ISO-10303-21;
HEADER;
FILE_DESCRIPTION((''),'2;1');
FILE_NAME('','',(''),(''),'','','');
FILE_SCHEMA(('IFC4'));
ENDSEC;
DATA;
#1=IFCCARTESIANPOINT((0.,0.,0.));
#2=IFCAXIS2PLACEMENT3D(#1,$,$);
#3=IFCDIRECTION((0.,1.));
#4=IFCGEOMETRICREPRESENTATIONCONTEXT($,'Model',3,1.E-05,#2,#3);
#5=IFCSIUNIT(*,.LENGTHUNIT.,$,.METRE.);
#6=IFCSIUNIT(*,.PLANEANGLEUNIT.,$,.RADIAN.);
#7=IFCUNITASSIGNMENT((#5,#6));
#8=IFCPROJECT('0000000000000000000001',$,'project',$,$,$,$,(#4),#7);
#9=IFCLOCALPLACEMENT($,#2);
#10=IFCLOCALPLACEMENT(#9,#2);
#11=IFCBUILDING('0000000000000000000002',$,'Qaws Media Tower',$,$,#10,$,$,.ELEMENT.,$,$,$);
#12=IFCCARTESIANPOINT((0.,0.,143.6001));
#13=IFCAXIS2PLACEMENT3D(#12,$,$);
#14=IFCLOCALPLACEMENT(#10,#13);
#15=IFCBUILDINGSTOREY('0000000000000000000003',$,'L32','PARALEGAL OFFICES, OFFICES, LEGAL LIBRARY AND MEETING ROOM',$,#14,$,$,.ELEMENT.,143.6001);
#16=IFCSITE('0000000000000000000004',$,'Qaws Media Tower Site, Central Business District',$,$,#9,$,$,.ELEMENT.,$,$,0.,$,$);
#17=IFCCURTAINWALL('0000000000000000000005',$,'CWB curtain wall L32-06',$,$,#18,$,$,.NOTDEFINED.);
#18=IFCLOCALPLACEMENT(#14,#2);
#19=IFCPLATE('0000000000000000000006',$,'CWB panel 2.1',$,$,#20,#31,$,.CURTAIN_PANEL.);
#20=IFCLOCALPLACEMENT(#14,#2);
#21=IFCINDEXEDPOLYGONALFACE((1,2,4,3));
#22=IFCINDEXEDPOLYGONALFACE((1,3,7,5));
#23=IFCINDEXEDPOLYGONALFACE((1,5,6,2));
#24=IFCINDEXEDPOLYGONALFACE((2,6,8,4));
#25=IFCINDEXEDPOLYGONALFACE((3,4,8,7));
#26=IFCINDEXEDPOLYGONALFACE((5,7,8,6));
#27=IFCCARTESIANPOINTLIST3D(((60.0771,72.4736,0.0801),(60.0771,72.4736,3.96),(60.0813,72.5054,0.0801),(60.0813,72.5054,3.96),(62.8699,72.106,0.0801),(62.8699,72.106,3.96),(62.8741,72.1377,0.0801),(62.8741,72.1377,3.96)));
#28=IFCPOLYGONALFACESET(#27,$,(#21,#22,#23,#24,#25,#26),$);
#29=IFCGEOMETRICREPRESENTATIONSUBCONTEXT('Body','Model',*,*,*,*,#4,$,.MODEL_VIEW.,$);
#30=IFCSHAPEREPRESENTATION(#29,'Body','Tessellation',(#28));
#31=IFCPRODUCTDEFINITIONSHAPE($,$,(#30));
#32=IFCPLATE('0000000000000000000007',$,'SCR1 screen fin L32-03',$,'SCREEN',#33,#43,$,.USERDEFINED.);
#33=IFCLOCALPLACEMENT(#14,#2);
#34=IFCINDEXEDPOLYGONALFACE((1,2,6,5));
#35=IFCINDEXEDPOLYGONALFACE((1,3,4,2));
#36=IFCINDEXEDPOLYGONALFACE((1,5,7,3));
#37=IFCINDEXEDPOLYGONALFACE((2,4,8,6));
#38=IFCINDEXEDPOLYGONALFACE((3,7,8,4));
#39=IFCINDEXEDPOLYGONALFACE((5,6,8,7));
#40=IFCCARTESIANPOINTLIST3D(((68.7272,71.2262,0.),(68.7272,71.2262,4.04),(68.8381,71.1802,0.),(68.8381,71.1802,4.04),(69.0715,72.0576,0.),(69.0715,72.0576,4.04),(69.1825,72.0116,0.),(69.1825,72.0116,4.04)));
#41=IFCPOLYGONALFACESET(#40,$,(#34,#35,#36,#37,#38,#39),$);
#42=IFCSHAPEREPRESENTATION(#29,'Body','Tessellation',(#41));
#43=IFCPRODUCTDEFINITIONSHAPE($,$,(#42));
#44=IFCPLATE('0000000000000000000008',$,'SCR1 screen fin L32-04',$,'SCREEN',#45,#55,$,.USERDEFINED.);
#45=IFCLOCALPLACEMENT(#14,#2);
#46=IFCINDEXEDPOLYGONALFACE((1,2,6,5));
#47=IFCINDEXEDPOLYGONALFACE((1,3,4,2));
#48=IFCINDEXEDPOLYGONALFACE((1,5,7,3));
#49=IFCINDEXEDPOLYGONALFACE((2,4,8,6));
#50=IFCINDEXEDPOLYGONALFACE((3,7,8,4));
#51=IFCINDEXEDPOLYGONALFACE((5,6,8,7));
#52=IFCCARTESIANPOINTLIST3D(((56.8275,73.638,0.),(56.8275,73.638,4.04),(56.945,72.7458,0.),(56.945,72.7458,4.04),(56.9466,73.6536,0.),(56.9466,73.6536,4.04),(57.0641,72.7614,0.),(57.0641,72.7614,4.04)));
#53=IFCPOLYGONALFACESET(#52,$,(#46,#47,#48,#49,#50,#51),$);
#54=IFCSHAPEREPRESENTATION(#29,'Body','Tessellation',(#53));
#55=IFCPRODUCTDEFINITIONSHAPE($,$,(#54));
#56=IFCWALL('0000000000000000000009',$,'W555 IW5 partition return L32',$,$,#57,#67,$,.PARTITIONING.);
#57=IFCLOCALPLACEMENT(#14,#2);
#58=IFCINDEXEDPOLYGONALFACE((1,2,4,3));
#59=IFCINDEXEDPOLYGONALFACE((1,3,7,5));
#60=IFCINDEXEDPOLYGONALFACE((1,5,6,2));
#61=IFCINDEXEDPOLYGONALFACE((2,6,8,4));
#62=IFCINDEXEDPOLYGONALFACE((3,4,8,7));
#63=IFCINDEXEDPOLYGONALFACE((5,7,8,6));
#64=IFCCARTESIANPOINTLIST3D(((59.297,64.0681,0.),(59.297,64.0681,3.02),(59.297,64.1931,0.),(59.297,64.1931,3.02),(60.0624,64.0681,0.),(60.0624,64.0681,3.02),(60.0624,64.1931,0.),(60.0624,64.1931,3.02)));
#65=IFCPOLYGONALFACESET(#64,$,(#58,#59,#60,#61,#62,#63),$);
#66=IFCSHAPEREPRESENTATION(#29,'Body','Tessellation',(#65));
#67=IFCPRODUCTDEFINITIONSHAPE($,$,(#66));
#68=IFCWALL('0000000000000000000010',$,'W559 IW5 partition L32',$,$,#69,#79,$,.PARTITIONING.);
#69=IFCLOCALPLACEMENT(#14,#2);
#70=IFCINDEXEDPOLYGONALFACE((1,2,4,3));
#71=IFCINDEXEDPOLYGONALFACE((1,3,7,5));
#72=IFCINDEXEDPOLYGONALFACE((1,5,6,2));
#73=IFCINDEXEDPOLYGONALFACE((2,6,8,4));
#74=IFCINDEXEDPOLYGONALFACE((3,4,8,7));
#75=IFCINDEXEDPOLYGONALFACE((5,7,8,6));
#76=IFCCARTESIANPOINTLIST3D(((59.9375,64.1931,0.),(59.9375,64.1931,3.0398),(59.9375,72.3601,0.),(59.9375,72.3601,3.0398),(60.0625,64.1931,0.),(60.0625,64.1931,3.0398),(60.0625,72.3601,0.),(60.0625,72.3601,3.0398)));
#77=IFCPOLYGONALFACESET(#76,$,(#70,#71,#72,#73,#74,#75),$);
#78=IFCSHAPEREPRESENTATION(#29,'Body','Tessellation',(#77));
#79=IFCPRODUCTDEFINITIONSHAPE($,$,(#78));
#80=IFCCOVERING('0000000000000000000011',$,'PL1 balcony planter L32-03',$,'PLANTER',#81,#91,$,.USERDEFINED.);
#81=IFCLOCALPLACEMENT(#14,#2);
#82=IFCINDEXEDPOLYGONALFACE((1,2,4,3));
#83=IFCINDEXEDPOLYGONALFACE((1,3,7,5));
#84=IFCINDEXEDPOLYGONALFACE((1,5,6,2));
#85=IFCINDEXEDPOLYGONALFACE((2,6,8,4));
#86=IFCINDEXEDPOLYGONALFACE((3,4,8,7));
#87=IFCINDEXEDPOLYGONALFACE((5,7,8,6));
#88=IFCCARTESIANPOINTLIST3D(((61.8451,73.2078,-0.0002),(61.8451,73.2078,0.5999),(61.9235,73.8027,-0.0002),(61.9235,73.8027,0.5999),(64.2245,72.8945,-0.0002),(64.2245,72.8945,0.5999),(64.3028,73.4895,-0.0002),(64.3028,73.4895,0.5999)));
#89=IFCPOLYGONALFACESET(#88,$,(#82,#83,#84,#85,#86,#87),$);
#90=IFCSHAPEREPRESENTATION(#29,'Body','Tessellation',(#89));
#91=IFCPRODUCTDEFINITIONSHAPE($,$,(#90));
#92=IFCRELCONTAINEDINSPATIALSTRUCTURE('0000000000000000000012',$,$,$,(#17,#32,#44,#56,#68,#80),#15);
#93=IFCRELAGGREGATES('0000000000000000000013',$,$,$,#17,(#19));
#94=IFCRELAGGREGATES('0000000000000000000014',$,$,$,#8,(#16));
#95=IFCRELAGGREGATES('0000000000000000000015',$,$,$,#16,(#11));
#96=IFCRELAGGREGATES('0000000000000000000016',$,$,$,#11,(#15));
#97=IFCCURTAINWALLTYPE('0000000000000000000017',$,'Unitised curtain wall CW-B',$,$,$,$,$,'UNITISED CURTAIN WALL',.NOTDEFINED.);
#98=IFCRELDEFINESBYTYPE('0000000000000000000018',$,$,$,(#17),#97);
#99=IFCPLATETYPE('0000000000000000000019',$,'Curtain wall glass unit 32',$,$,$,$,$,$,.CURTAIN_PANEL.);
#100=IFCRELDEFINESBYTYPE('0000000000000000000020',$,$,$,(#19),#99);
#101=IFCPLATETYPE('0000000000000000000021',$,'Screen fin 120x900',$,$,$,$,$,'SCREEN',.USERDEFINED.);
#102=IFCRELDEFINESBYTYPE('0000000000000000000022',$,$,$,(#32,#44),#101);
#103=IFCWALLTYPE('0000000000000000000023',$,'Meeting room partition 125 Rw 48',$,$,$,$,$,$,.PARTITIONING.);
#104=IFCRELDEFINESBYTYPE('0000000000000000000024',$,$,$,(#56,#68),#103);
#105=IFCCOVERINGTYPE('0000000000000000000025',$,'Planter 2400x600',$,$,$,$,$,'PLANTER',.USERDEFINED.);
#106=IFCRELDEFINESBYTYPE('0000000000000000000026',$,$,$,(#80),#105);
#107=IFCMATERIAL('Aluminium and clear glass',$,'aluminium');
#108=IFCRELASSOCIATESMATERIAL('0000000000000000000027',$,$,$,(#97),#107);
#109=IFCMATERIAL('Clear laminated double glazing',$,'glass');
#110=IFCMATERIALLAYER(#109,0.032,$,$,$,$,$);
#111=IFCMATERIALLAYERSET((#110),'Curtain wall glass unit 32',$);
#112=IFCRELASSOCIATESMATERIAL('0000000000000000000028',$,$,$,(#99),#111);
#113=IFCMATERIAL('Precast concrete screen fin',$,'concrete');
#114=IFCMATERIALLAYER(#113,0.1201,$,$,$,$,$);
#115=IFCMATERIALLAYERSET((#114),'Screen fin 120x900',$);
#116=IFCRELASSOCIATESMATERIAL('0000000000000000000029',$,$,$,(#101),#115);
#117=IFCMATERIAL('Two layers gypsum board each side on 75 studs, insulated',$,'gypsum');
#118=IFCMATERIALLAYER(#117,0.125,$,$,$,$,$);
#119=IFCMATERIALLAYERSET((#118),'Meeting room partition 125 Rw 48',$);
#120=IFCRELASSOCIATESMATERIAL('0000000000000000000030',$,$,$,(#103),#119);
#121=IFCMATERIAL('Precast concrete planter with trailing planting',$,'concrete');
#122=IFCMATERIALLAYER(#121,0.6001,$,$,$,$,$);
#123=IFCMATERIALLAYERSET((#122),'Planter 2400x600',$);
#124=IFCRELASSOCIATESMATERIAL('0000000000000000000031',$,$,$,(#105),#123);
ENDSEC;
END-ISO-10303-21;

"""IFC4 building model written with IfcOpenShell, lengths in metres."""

from ifc_helpers import new_model, si_unit, direction, frame, frame_2d, origin, origin_2d, place, context, subcontext, project, spatial, rectangle, extrude, material, layer, layer_set, type_object, element, aggregate, save


model = new_model("IFC4")

# Units and contexts
model_context = context("Model", 3, precision=1e-05, world=origin(), true_north=direction((0.0, 1.0)))
body_context = subcontext(model_context, "Body", "Model", "MODEL_VIEW")
ifc_project = project(units=[si_unit("LENGTHUNIT", "METRE"), si_unit("PLANEANGLEUNIT", "RADIAN")], contexts=[model_context])

# Site, building, storey
site_placement = place(None, origin())
site = spatial("IfcSite", under=ifc_project, at=site_placement, Name="Qaws Media Tower Site, Central Business District", CompositionType="ELEMENT", RefElevation=0.0)
building_placement = place(site_placement, origin())
building = spatial("IfcBuilding", under=site, at=building_placement, Name="Qaws Media Tower", CompositionType="ELEMENT")
storey_placement = place(building_placement, frame((0.0, 0.0, 143.6001)))
storey = spatial("IfcBuildingStorey", under=building, at=storey_placement, Name="L32", Description="PARALEGAL OFFICES, OFFICES, LEGAL LIBRARY AND MEETING ROOM", CompositionType="ELEMENT", Elevation=143.6001)

# Curtain wall
ifc_material_1 = material(Name="Aluminium and clear glass", Category="aluminium")
curtain_wall_type = type_object("IfcCurtainWallType", Name="Unitised curtain wall CW-B", ElementType="UNITISED CURTAIN WALL", PredefinedType="NOTDEFINED", material=ifc_material_1)
curtain_wall_1_placement = place(storey_placement, origin())
curtain_wall_1 = element("IfcCurtainWall", 1, at=curtain_wall_1_placement, inside=storey, type_object=curtain_wall_type, Name="CWB curtain wall L32-06", PredefinedType="NOTDEFINED")

# Plate
ifc_material_2 = material(Name="Clear laminated double glazing", Category="glass")
ifc_layer_1 = layer(ifc_material_2, 0.032)
ifc_layer_set_1 = layer_set([ifc_layer_1], Name="Curtain wall glass unit 32")
plate_type_1 = type_object("IfcPlateType", Name="Curtain wall glass unit 32", PredefinedType="CURTAIN_PANEL", material=ifc_layer_set_1)
plate_1_placement = place(storey_placement, frame((61.4756, 72.3057, 0.0801), z_axis=(0.0, 0.0, 1.0), x_axis=(-0.991445, 0.130526, 0.0)))
plate_1 = element("IfcPlate", 2, at=plate_1_placement, type_object=plate_type_1, Name="CWB panel 2.1", PredefinedType="CURTAIN_PANEL", context=body_context, shape_type="SweptSolid", body=[
    extrude(rectangle(XDim=2.8169, YDim=0.032, at=origin_2d()), origin(), (0.0, 0.0, 1.0), 3.8799),
])
aggregate(curtain_wall_1, [plate_1])

# Plates
ifc_material_3 = material(Name="Precast concrete screen fin", Category="concrete")
ifc_layer_2 = layer(ifc_material_3, 0.1201)
ifc_layer_set_2 = layer_set([ifc_layer_2], Name="Screen fin 120x900")
plate_type_2 = type_object("IfcPlateType", Name="Screen fin 120x900", ElementType="SCREEN", PredefinedType="USERDEFINED", material=ifc_layer_set_2)
for number, where, z_axis, x_axis, name in (
    (3, (68.9548, 71.6189, 0.0), (0.0, 0.0, 1.0), (0.382683, 0.92388, 0.0), "SCR1 screen fin L32-03"),
    (4, (56.9458, 73.1997, 0.0), (0.0, 0.0, 1.0), (-0.130526, 0.991445, 0.0), "SCR1 screen fin L32-04"),
):
    element("IfcPlate", number, at=place(storey_placement, frame(where, z_axis=z_axis, x_axis=x_axis)), inside=storey, type_object=plate_type_2, Name=name, ObjectType="SCREEN", PredefinedType="USERDEFINED", context=body_context, shape_type="SweptSolid", body=[
        extrude(rectangle(XDim=0.8999, YDim=0.1201, at=origin_2d()), origin(), (0.0, 0.0, 1.0), 4.04),
    ])

# Walls
ifc_material_4 = material(Name="Two layers gypsum board each side on 75 studs, insulated", Category="gypsum")
ifc_layer_3 = layer(ifc_material_4, 0.125)
ifc_layer_set_3 = layer_set([ifc_layer_3], Name="Meeting room partition 125 Rw 48")
wall_type_1 = type_object("IfcWallType", Name="Meeting room partition 125 Rw 48", PredefinedType="PARTITIONING", material=ifc_layer_set_3)
wall_1_placement = place(storey_placement, frame((60.0625, 64.1306, 0.0), z_axis=(0.0, 0.0, 1.0), x_axis=(-1.0, 0.0, 0.0)))
element("IfcWall", 5, at=wall_1_placement, inside=storey, type_object=wall_type_1, Name="W555 IW5 partition return L32", PredefinedType="PARTITIONING", context=body_context, shape_type="SweptSolid", body=[
    extrude(rectangle(XDim=0.7654, YDim=0.125, at=frame_2d((0.3828, 0.0))), origin(), (0.0, 0.0, 1.0), 3.02),
])
wall_2_placement = place(storey_placement, frame((60.0, 64.1931, 0.0), z_axis=(0.0, 0.0, 1.0), x_axis=(0.0, 1.0, 0.0)))
element("IfcWall", 6, at=wall_2_placement, inside=storey, type_object=wall_type_1, Name="W559 IW5 partition L32", PredefinedType="PARTITIONING", context=body_context, shape_type="SweptSolid", body=[
    extrude(rectangle(XDim=8.167, YDim=0.125, at=frame_2d((4.0835, 0.0))), origin(), (0.0, 0.0, 1.0), 3.0398),
])

# Covering
ifc_material_5 = material(Name="Precast concrete planter with trailing planting", Category="concrete")
ifc_layer_4 = layer(ifc_material_5, 0.6001)
ifc_layer_set_4 = layer_set([ifc_layer_4], Name="Planter 2400x600")
covering_type = type_object("IfcCoveringType", Name="Planter 2400x600", ElementType="PLANTER", PredefinedType="USERDEFINED", material=ifc_layer_set_4)
covering_placement = place(storey_placement, frame((63.074, 73.3486, -0.0002), z_axis=(0.0, 0.0, 1.0), x_axis=(-0.991445, 0.130526, 0.0)))
element("IfcCovering", 7, at=covering_placement, inside=storey, type_object=covering_type, Name="PL1 balcony planter L32-03", ObjectType="PLANTER", PredefinedType="USERDEFINED", context=body_context, shape_type="SweptSolid", body=[
    extrude(rectangle(XDim=2.3999, YDim=0.6001, at=origin_2d()), origin(), (0.0, 0.0, 1.0), 0.6001),
])

save(model, "model.ifc")
